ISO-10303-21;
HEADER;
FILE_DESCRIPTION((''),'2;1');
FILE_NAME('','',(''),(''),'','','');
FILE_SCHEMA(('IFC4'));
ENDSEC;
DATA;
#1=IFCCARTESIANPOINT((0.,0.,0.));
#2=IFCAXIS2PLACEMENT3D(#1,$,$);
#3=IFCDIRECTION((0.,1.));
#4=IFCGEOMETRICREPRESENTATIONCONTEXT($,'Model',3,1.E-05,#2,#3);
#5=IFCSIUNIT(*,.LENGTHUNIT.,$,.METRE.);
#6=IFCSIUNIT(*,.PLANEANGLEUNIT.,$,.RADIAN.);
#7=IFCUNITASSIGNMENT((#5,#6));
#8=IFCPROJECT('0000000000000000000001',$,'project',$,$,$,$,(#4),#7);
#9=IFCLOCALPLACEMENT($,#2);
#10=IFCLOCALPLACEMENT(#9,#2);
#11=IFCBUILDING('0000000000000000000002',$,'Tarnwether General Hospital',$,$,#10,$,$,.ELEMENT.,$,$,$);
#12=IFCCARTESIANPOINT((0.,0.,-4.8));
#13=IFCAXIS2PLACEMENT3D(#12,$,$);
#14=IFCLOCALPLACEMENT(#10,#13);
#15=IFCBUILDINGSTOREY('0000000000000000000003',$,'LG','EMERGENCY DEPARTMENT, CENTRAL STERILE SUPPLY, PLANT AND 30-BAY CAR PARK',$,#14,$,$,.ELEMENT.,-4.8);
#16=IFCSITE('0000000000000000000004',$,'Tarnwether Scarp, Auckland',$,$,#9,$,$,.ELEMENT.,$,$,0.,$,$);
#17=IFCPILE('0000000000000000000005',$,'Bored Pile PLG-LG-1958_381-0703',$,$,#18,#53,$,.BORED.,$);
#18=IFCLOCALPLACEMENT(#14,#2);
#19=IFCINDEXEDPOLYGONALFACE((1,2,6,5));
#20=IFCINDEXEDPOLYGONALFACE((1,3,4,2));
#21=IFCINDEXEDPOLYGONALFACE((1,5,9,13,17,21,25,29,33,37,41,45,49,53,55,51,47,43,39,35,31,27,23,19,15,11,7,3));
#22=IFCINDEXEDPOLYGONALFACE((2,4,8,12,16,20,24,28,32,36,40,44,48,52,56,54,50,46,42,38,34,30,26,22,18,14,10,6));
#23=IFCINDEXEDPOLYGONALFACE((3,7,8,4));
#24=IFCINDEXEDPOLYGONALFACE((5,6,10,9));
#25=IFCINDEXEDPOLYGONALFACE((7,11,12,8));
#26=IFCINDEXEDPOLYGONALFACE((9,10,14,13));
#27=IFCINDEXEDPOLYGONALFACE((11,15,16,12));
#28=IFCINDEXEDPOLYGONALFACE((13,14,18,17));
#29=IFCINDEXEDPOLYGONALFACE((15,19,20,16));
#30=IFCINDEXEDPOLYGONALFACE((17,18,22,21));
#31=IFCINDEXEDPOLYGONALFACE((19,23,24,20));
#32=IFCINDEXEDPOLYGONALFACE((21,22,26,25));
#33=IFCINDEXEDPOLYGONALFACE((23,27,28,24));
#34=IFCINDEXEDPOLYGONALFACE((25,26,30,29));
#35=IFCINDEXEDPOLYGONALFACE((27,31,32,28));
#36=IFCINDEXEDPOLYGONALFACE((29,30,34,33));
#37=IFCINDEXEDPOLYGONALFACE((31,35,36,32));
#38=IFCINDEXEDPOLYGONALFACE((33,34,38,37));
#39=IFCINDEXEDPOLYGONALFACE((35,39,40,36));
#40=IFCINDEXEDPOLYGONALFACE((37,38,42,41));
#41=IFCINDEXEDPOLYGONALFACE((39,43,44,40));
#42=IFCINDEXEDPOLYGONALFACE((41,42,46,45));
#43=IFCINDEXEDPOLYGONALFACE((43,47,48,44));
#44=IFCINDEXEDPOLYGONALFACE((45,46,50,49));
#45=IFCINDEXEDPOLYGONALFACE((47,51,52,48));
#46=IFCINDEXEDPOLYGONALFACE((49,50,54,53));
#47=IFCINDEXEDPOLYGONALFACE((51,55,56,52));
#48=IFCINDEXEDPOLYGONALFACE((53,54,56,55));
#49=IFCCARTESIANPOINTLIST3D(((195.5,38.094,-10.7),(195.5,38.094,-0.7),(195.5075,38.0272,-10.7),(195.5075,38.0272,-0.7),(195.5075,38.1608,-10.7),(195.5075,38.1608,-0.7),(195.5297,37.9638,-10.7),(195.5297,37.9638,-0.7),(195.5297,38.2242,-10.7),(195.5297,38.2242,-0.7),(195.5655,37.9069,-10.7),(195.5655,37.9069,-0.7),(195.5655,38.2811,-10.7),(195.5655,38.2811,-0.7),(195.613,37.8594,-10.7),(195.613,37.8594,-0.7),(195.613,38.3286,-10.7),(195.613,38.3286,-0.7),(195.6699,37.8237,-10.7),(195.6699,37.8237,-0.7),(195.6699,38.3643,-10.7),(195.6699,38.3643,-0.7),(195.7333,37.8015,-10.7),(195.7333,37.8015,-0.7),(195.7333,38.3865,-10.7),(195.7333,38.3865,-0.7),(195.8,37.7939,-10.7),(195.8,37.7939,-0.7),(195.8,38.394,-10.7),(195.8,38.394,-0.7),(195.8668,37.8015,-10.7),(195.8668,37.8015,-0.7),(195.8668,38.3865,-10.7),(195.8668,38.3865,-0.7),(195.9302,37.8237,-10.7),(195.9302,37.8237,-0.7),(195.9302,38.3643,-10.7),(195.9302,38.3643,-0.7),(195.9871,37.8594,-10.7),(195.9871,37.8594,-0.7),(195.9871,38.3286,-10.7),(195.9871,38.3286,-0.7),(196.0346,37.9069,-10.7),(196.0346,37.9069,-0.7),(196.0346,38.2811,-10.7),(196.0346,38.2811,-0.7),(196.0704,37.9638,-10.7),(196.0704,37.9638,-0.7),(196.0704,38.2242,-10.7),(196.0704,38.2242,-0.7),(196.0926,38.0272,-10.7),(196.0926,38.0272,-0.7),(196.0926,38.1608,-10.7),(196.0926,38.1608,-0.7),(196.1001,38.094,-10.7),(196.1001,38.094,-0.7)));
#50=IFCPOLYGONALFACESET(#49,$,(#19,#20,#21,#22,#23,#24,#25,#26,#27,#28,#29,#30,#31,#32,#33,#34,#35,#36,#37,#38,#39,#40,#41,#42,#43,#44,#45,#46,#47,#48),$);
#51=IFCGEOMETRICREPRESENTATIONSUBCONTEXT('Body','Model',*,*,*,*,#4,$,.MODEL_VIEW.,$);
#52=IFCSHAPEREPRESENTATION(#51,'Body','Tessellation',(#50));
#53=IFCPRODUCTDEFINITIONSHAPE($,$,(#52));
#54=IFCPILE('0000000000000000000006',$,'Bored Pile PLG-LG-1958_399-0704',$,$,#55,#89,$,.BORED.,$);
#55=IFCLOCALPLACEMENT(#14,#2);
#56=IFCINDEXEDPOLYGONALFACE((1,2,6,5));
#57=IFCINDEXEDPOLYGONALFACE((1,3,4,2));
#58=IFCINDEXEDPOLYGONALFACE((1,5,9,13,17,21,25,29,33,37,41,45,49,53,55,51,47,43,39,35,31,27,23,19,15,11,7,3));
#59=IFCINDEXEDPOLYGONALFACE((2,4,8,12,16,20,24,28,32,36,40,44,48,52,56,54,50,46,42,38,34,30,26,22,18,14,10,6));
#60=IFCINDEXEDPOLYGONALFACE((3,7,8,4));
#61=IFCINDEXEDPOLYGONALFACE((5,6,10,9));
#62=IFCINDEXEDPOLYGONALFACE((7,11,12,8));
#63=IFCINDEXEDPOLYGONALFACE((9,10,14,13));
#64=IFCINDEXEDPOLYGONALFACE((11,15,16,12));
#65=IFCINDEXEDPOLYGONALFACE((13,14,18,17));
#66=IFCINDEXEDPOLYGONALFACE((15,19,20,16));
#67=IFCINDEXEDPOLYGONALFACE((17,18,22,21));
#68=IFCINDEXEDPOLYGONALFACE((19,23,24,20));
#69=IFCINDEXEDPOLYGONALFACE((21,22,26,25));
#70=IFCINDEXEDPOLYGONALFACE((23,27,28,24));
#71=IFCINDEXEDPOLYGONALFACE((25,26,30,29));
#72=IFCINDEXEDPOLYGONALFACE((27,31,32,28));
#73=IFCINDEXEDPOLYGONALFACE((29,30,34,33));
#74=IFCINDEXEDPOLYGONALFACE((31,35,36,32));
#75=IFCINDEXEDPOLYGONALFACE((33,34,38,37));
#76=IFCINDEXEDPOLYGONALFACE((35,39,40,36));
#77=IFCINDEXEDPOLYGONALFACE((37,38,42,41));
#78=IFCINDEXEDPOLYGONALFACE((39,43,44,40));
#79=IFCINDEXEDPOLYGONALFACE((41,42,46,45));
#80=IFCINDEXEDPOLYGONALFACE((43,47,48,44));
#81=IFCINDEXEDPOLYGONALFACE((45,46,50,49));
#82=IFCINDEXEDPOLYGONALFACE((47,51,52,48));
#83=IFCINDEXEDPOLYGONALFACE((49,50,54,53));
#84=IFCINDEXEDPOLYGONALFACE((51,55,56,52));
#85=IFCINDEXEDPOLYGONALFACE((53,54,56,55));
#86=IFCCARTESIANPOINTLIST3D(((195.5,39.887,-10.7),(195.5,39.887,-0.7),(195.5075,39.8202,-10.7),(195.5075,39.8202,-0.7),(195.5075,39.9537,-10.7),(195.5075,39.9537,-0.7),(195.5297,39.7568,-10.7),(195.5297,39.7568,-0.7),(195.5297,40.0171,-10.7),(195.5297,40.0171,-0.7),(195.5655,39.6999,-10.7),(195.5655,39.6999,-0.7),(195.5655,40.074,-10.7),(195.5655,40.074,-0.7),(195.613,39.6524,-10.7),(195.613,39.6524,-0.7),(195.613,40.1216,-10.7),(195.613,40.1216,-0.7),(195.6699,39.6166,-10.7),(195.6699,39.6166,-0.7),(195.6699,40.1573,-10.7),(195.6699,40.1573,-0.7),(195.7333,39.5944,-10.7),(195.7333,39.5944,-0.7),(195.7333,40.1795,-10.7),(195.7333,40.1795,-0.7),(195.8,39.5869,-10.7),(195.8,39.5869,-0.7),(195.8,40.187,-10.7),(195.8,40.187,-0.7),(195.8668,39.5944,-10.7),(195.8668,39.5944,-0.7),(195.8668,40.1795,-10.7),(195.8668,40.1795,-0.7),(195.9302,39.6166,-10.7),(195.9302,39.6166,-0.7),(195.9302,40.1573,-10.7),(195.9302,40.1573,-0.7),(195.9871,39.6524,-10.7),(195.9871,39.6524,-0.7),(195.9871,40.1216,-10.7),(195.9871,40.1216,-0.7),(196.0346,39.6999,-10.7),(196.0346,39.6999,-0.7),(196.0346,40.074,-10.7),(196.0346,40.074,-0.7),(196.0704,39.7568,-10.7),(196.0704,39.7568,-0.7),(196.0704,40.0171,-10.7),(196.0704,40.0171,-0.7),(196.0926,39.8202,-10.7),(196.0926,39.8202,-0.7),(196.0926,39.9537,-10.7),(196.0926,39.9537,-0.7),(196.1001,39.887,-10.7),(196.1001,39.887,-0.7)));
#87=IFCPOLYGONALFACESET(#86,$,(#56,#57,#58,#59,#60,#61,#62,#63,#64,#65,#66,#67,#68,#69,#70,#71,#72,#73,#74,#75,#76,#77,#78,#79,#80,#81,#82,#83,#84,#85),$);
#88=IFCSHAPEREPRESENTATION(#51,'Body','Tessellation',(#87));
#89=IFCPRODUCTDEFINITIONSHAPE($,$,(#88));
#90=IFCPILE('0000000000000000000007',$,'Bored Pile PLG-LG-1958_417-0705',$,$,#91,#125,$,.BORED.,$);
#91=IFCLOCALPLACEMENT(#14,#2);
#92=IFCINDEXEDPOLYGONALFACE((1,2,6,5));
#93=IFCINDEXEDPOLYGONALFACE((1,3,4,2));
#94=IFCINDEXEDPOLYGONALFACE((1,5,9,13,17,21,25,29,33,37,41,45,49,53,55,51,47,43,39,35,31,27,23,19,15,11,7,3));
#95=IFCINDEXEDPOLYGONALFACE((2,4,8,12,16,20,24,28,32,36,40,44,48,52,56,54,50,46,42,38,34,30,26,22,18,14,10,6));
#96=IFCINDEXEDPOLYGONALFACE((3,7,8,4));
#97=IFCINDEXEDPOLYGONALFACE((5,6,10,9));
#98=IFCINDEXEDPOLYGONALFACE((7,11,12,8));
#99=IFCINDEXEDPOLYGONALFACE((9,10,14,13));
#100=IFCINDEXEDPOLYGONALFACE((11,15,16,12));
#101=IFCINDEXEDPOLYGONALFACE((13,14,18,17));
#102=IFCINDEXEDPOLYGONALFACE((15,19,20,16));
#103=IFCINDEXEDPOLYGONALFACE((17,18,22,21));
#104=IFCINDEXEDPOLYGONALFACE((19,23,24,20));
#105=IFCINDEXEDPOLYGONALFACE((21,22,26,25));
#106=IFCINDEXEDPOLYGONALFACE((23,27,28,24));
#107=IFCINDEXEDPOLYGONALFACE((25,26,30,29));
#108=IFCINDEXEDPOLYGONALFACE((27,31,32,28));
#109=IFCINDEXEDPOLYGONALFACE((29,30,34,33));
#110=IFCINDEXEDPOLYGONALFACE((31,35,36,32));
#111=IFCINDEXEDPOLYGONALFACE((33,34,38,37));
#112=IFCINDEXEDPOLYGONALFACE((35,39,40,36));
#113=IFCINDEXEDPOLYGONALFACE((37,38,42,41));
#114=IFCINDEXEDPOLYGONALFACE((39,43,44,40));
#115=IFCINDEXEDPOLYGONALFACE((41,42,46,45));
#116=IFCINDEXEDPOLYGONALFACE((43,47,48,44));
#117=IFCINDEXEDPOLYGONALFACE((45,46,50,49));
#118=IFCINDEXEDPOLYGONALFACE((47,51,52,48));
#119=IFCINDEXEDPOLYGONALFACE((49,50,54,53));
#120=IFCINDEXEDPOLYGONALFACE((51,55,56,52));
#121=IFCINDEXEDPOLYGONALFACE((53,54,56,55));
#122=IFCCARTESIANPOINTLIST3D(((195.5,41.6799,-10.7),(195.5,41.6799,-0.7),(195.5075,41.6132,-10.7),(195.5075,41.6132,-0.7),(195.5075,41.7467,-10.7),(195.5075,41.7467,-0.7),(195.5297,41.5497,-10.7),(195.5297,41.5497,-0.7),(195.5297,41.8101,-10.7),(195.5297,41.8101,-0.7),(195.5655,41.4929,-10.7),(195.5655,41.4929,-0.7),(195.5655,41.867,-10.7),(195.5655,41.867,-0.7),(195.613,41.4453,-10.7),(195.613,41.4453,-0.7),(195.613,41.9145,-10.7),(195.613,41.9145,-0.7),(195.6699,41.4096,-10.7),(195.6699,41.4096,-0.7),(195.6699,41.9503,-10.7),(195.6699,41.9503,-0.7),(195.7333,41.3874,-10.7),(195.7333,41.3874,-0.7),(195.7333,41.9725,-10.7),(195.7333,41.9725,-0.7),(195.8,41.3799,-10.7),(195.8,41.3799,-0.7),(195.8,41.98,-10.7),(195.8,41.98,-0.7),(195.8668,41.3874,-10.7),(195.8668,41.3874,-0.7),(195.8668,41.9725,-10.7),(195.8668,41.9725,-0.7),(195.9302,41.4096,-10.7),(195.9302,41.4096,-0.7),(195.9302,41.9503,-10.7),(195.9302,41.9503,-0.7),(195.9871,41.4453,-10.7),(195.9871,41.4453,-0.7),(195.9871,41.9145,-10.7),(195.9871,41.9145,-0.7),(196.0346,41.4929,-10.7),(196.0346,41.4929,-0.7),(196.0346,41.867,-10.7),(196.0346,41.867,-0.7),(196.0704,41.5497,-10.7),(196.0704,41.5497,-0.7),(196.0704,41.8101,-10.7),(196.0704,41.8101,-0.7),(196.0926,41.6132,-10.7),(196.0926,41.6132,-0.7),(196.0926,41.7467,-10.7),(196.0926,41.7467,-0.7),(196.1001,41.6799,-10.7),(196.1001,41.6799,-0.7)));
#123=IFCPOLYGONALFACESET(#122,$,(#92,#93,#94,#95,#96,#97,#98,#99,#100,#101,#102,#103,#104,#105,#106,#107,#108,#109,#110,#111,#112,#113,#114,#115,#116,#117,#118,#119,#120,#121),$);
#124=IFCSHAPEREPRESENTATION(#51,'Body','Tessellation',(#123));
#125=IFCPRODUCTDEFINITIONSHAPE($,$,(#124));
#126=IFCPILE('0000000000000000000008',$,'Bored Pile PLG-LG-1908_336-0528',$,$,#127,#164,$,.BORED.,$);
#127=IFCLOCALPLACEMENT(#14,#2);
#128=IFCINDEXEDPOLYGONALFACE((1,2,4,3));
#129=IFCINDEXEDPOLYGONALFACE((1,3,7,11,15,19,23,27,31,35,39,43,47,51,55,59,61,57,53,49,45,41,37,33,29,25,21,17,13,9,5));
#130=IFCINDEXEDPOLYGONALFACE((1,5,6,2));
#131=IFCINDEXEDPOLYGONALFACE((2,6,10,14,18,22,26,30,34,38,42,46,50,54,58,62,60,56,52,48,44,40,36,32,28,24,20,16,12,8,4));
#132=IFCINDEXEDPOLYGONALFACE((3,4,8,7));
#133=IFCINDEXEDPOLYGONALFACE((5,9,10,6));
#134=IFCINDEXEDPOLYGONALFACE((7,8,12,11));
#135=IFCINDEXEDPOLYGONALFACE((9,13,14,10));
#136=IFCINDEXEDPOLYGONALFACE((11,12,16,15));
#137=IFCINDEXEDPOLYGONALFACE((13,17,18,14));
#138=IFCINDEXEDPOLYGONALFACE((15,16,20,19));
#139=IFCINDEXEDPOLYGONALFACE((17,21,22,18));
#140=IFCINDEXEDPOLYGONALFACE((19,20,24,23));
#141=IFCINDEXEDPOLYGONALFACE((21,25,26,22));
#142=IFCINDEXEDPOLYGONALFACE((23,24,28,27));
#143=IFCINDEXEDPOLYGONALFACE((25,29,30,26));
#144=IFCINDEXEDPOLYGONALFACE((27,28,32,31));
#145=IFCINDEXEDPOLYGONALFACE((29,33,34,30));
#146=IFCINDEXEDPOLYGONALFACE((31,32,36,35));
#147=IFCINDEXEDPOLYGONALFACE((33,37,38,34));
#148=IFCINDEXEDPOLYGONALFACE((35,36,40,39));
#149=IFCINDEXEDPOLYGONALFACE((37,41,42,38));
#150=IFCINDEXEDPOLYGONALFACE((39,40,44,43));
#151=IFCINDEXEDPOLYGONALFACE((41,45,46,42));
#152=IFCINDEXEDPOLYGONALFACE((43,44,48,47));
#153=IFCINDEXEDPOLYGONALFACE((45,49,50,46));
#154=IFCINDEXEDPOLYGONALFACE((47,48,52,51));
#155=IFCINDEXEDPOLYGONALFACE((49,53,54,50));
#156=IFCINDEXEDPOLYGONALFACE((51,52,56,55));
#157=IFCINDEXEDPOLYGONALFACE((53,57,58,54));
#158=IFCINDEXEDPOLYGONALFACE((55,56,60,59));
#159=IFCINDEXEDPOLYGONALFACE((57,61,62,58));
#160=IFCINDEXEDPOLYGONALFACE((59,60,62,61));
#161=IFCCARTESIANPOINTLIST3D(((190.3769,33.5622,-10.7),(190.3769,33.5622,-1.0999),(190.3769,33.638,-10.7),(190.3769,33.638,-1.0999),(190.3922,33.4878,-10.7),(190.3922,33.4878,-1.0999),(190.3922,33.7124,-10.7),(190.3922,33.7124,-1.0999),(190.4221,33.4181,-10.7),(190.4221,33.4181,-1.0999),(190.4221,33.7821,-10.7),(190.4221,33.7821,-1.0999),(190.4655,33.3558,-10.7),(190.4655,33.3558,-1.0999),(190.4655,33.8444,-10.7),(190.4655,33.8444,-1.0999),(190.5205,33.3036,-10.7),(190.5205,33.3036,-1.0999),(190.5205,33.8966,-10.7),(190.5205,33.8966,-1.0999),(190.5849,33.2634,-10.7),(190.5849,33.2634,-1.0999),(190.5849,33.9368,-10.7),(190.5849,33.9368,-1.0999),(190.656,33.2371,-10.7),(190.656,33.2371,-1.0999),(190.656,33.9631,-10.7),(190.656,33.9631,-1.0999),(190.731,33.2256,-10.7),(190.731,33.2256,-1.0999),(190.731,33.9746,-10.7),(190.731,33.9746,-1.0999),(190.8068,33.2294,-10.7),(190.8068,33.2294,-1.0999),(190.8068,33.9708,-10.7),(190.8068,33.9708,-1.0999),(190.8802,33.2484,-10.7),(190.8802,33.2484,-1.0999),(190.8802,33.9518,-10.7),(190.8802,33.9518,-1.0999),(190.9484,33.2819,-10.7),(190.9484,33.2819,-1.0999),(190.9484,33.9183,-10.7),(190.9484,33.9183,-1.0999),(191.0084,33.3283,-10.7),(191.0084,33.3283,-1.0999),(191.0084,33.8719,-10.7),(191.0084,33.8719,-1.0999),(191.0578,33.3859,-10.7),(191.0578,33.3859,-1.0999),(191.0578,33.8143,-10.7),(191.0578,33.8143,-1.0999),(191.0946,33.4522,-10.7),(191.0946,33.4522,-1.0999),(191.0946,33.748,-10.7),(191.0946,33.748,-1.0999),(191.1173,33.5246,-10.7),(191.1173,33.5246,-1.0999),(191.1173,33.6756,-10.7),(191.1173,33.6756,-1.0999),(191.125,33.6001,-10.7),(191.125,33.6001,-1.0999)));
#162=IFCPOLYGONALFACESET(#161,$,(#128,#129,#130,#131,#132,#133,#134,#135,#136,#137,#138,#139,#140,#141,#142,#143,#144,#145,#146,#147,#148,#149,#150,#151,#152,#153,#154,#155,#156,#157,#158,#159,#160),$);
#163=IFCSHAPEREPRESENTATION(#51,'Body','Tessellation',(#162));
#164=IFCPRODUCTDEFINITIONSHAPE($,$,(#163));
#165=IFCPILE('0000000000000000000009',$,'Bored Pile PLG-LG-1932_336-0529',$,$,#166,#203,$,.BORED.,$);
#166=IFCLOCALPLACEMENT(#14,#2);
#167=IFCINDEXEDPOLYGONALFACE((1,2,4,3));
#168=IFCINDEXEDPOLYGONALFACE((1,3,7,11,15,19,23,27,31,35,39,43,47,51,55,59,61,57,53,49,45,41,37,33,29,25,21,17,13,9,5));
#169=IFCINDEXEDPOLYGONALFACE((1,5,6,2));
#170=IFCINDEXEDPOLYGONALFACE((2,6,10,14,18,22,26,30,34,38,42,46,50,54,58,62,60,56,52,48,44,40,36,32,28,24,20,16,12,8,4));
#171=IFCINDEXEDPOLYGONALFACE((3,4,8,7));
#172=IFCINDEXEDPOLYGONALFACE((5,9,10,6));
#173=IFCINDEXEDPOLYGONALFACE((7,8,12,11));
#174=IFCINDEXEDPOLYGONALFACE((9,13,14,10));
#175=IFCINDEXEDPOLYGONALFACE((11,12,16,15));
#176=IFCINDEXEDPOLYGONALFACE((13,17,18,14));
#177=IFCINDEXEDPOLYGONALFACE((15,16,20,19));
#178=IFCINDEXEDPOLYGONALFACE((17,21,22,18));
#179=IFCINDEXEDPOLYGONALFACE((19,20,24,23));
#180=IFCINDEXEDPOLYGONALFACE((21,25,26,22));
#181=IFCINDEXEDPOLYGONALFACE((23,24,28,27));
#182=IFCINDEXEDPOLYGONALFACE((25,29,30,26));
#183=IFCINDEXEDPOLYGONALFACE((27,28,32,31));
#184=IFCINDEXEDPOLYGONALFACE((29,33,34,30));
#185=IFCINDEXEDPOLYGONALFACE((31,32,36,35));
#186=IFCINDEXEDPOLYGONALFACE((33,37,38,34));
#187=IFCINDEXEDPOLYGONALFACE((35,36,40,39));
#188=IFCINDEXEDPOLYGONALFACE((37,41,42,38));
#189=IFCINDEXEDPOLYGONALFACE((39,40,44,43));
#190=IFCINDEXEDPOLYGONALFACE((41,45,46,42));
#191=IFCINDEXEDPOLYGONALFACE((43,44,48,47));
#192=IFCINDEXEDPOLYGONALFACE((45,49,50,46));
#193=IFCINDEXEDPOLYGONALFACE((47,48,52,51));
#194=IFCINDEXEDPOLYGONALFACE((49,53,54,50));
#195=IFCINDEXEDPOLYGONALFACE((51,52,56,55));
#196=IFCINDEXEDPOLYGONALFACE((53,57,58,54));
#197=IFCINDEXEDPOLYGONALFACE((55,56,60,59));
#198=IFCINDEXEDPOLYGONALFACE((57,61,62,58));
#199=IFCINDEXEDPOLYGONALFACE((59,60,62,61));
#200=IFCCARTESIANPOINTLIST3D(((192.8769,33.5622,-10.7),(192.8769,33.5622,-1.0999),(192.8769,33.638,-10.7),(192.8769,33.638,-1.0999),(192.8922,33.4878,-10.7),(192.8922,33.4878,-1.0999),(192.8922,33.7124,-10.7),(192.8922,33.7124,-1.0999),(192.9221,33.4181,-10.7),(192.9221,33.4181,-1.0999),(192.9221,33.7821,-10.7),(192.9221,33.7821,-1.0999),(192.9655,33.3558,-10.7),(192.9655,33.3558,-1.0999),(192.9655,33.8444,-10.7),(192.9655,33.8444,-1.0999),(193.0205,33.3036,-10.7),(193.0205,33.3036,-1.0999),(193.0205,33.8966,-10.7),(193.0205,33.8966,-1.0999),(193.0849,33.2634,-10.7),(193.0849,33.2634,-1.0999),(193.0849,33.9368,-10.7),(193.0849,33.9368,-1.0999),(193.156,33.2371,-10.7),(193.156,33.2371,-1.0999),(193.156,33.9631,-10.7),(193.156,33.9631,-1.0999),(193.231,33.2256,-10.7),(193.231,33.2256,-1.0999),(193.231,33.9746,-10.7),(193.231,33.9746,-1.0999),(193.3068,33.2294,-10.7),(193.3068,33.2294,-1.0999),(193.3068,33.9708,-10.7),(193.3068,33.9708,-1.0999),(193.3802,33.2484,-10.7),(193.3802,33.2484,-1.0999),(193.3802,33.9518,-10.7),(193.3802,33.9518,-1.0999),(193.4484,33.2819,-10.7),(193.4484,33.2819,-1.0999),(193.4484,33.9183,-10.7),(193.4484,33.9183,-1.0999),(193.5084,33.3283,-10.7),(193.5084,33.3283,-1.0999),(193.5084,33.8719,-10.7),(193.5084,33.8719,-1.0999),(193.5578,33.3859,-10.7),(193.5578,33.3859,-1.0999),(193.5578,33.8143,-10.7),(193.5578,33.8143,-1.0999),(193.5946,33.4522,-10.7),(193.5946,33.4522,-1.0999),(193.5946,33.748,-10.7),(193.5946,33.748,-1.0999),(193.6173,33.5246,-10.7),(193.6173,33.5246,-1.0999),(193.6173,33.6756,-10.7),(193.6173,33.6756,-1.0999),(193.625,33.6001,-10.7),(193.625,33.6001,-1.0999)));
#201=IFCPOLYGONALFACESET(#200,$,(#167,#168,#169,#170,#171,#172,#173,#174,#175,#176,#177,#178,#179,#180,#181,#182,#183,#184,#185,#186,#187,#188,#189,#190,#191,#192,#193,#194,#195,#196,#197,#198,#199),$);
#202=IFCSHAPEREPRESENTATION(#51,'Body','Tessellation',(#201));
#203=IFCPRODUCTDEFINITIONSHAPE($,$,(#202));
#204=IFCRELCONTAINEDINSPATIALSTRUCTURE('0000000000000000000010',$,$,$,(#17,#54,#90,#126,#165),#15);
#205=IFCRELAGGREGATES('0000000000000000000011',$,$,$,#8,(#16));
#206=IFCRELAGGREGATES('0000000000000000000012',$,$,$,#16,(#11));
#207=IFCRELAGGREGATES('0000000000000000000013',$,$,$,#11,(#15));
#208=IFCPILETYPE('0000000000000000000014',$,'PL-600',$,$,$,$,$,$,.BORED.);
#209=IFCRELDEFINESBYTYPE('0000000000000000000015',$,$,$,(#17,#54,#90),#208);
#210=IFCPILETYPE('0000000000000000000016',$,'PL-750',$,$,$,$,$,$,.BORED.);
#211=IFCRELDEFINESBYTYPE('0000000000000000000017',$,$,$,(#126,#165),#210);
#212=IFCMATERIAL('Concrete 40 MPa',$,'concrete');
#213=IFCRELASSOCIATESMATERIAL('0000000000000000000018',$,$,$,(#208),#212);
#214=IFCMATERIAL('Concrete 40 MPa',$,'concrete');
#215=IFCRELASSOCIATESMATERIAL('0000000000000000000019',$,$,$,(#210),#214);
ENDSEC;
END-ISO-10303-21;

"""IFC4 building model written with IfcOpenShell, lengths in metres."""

from ifc_helpers import new_model, si_unit, direction, frame, origin, origin_2d, place, context, subcontext, project, spatial, circle, extrude, material, material_profile, profile_set, type_object, element, save


model = new_model("IFC4")

# Units and contexts
model_context = context("Model", 3, precision=1e-05, world=origin(), true_north=direction((0.0, 1.0)))
body_context = subcontext(model_context, "Body", "Model", "MODEL_VIEW")
ifc_project = project(units=[si_unit("LENGTHUNIT", "METRE"), si_unit("PLANEANGLEUNIT", "RADIAN")], contexts=[model_context])

# Site, building, storey
site_placement = place(None, origin())
site = spatial("IfcSite", under=ifc_project, at=site_placement, Name="Tarnwether Scarp, Auckland", CompositionType="ELEMENT", RefElevation=0.0)
building_placement = place(site_placement, origin())
building = spatial("IfcBuilding", under=site, at=building_placement, Name="Tarnwether General Hospital", CompositionType="ELEMENT")
storey_placement = place(building_placement, frame((0.0, 0.0, -4.8)))
storey = spatial("IfcBuildingStorey", under=building, at=storey_placement, Name="LG", Description="EMERGENCY DEPARTMENT, CENTRAL STERILE SUPPLY, PLANT AND 30-BAY CAR PARK", CompositionType="ELEMENT", Elevation=-4.8)

# Piles
ifc_material_1 = material(Name="Concrete 40 MPa", Category="concrete")
ifc_material_profile_1 = material_profile(ifc_material_1, circle(Radius=0.3, at=origin_2d()), Name="PILE-D600")
ifc_profile_set_1 = profile_set([ifc_material_profile_1], Name="Concrete 40 MPa")
pile_type_1 = type_object("IfcPileType", Name="PL-600", PredefinedType="BORED", material=ifc_profile_set_1)
for number, where, z_axis, x_axis, name in (
    (1, (195.8, 38.094, -0.7), (0.0, 0.0, -1.0), (1.0, 0.0, 0.0), "Bored Pile PLG-LG-1958_381-0703"),
    (2, (195.8, 39.887, -0.7), (0.0, 0.0, -1.0), (1.0, 0.0, 0.0), "Bored Pile PLG-LG-1958_399-0704"),
    (3, (195.8, 41.6799, -0.7), (0.0, 0.0, -1.0), (1.0, 0.0, 0.0), "Bored Pile PLG-LG-1958_417-0705"),
):
    element("IfcPile", number, at=place(storey_placement, frame(where, z_axis=z_axis, x_axis=x_axis)), inside=storey, type_object=pile_type_1, Name=name, PredefinedType="BORED", context=body_context, shape_type="SweptSolid", body=[
        extrude(circle(Radius=0.3, at=origin_2d()), origin(), (0.0, 0.0, 1.0), 10.0),
    ])
ifc_material_2 = material(Name="Concrete 40 MPa", Category="concrete")
ifc_material_profile_2 = material_profile(ifc_material_2, circle(Radius=0.375, at=origin_2d()), Name="PILE-D750")
ifc_profile_set_2 = profile_set([ifc_material_profile_2], Name="Concrete 40 MPa")
pile_type_2 = type_object("IfcPileType", Name="PL-750", PredefinedType="BORED", material=ifc_profile_set_2)
for number, where, z_axis, x_axis, name in (
    (4, (190.75, 33.6001, -1.0999), (0.0, 0.0, -1.0), (1.0, 0.0, 0.0), "Bored Pile PLG-LG-1908_336-0528"),
    (5, (193.25, 33.6001, -1.0999), (0.0, 0.0, -1.0), (1.0, 0.0, 0.0), "Bored Pile PLG-LG-1932_336-0529"),
):
    element("IfcPile", number, at=place(storey_placement, frame(where, z_axis=z_axis, x_axis=x_axis)), inside=storey, type_object=pile_type_2, Name=name, PredefinedType="BORED", context=body_context, shape_type="SweptSolid", body=[
        extrude(circle(Radius=0.375, at=origin_2d()), origin(), (0.0, 0.0, 1.0), 9.6001),
    ])

save(model, "model.ifc")
